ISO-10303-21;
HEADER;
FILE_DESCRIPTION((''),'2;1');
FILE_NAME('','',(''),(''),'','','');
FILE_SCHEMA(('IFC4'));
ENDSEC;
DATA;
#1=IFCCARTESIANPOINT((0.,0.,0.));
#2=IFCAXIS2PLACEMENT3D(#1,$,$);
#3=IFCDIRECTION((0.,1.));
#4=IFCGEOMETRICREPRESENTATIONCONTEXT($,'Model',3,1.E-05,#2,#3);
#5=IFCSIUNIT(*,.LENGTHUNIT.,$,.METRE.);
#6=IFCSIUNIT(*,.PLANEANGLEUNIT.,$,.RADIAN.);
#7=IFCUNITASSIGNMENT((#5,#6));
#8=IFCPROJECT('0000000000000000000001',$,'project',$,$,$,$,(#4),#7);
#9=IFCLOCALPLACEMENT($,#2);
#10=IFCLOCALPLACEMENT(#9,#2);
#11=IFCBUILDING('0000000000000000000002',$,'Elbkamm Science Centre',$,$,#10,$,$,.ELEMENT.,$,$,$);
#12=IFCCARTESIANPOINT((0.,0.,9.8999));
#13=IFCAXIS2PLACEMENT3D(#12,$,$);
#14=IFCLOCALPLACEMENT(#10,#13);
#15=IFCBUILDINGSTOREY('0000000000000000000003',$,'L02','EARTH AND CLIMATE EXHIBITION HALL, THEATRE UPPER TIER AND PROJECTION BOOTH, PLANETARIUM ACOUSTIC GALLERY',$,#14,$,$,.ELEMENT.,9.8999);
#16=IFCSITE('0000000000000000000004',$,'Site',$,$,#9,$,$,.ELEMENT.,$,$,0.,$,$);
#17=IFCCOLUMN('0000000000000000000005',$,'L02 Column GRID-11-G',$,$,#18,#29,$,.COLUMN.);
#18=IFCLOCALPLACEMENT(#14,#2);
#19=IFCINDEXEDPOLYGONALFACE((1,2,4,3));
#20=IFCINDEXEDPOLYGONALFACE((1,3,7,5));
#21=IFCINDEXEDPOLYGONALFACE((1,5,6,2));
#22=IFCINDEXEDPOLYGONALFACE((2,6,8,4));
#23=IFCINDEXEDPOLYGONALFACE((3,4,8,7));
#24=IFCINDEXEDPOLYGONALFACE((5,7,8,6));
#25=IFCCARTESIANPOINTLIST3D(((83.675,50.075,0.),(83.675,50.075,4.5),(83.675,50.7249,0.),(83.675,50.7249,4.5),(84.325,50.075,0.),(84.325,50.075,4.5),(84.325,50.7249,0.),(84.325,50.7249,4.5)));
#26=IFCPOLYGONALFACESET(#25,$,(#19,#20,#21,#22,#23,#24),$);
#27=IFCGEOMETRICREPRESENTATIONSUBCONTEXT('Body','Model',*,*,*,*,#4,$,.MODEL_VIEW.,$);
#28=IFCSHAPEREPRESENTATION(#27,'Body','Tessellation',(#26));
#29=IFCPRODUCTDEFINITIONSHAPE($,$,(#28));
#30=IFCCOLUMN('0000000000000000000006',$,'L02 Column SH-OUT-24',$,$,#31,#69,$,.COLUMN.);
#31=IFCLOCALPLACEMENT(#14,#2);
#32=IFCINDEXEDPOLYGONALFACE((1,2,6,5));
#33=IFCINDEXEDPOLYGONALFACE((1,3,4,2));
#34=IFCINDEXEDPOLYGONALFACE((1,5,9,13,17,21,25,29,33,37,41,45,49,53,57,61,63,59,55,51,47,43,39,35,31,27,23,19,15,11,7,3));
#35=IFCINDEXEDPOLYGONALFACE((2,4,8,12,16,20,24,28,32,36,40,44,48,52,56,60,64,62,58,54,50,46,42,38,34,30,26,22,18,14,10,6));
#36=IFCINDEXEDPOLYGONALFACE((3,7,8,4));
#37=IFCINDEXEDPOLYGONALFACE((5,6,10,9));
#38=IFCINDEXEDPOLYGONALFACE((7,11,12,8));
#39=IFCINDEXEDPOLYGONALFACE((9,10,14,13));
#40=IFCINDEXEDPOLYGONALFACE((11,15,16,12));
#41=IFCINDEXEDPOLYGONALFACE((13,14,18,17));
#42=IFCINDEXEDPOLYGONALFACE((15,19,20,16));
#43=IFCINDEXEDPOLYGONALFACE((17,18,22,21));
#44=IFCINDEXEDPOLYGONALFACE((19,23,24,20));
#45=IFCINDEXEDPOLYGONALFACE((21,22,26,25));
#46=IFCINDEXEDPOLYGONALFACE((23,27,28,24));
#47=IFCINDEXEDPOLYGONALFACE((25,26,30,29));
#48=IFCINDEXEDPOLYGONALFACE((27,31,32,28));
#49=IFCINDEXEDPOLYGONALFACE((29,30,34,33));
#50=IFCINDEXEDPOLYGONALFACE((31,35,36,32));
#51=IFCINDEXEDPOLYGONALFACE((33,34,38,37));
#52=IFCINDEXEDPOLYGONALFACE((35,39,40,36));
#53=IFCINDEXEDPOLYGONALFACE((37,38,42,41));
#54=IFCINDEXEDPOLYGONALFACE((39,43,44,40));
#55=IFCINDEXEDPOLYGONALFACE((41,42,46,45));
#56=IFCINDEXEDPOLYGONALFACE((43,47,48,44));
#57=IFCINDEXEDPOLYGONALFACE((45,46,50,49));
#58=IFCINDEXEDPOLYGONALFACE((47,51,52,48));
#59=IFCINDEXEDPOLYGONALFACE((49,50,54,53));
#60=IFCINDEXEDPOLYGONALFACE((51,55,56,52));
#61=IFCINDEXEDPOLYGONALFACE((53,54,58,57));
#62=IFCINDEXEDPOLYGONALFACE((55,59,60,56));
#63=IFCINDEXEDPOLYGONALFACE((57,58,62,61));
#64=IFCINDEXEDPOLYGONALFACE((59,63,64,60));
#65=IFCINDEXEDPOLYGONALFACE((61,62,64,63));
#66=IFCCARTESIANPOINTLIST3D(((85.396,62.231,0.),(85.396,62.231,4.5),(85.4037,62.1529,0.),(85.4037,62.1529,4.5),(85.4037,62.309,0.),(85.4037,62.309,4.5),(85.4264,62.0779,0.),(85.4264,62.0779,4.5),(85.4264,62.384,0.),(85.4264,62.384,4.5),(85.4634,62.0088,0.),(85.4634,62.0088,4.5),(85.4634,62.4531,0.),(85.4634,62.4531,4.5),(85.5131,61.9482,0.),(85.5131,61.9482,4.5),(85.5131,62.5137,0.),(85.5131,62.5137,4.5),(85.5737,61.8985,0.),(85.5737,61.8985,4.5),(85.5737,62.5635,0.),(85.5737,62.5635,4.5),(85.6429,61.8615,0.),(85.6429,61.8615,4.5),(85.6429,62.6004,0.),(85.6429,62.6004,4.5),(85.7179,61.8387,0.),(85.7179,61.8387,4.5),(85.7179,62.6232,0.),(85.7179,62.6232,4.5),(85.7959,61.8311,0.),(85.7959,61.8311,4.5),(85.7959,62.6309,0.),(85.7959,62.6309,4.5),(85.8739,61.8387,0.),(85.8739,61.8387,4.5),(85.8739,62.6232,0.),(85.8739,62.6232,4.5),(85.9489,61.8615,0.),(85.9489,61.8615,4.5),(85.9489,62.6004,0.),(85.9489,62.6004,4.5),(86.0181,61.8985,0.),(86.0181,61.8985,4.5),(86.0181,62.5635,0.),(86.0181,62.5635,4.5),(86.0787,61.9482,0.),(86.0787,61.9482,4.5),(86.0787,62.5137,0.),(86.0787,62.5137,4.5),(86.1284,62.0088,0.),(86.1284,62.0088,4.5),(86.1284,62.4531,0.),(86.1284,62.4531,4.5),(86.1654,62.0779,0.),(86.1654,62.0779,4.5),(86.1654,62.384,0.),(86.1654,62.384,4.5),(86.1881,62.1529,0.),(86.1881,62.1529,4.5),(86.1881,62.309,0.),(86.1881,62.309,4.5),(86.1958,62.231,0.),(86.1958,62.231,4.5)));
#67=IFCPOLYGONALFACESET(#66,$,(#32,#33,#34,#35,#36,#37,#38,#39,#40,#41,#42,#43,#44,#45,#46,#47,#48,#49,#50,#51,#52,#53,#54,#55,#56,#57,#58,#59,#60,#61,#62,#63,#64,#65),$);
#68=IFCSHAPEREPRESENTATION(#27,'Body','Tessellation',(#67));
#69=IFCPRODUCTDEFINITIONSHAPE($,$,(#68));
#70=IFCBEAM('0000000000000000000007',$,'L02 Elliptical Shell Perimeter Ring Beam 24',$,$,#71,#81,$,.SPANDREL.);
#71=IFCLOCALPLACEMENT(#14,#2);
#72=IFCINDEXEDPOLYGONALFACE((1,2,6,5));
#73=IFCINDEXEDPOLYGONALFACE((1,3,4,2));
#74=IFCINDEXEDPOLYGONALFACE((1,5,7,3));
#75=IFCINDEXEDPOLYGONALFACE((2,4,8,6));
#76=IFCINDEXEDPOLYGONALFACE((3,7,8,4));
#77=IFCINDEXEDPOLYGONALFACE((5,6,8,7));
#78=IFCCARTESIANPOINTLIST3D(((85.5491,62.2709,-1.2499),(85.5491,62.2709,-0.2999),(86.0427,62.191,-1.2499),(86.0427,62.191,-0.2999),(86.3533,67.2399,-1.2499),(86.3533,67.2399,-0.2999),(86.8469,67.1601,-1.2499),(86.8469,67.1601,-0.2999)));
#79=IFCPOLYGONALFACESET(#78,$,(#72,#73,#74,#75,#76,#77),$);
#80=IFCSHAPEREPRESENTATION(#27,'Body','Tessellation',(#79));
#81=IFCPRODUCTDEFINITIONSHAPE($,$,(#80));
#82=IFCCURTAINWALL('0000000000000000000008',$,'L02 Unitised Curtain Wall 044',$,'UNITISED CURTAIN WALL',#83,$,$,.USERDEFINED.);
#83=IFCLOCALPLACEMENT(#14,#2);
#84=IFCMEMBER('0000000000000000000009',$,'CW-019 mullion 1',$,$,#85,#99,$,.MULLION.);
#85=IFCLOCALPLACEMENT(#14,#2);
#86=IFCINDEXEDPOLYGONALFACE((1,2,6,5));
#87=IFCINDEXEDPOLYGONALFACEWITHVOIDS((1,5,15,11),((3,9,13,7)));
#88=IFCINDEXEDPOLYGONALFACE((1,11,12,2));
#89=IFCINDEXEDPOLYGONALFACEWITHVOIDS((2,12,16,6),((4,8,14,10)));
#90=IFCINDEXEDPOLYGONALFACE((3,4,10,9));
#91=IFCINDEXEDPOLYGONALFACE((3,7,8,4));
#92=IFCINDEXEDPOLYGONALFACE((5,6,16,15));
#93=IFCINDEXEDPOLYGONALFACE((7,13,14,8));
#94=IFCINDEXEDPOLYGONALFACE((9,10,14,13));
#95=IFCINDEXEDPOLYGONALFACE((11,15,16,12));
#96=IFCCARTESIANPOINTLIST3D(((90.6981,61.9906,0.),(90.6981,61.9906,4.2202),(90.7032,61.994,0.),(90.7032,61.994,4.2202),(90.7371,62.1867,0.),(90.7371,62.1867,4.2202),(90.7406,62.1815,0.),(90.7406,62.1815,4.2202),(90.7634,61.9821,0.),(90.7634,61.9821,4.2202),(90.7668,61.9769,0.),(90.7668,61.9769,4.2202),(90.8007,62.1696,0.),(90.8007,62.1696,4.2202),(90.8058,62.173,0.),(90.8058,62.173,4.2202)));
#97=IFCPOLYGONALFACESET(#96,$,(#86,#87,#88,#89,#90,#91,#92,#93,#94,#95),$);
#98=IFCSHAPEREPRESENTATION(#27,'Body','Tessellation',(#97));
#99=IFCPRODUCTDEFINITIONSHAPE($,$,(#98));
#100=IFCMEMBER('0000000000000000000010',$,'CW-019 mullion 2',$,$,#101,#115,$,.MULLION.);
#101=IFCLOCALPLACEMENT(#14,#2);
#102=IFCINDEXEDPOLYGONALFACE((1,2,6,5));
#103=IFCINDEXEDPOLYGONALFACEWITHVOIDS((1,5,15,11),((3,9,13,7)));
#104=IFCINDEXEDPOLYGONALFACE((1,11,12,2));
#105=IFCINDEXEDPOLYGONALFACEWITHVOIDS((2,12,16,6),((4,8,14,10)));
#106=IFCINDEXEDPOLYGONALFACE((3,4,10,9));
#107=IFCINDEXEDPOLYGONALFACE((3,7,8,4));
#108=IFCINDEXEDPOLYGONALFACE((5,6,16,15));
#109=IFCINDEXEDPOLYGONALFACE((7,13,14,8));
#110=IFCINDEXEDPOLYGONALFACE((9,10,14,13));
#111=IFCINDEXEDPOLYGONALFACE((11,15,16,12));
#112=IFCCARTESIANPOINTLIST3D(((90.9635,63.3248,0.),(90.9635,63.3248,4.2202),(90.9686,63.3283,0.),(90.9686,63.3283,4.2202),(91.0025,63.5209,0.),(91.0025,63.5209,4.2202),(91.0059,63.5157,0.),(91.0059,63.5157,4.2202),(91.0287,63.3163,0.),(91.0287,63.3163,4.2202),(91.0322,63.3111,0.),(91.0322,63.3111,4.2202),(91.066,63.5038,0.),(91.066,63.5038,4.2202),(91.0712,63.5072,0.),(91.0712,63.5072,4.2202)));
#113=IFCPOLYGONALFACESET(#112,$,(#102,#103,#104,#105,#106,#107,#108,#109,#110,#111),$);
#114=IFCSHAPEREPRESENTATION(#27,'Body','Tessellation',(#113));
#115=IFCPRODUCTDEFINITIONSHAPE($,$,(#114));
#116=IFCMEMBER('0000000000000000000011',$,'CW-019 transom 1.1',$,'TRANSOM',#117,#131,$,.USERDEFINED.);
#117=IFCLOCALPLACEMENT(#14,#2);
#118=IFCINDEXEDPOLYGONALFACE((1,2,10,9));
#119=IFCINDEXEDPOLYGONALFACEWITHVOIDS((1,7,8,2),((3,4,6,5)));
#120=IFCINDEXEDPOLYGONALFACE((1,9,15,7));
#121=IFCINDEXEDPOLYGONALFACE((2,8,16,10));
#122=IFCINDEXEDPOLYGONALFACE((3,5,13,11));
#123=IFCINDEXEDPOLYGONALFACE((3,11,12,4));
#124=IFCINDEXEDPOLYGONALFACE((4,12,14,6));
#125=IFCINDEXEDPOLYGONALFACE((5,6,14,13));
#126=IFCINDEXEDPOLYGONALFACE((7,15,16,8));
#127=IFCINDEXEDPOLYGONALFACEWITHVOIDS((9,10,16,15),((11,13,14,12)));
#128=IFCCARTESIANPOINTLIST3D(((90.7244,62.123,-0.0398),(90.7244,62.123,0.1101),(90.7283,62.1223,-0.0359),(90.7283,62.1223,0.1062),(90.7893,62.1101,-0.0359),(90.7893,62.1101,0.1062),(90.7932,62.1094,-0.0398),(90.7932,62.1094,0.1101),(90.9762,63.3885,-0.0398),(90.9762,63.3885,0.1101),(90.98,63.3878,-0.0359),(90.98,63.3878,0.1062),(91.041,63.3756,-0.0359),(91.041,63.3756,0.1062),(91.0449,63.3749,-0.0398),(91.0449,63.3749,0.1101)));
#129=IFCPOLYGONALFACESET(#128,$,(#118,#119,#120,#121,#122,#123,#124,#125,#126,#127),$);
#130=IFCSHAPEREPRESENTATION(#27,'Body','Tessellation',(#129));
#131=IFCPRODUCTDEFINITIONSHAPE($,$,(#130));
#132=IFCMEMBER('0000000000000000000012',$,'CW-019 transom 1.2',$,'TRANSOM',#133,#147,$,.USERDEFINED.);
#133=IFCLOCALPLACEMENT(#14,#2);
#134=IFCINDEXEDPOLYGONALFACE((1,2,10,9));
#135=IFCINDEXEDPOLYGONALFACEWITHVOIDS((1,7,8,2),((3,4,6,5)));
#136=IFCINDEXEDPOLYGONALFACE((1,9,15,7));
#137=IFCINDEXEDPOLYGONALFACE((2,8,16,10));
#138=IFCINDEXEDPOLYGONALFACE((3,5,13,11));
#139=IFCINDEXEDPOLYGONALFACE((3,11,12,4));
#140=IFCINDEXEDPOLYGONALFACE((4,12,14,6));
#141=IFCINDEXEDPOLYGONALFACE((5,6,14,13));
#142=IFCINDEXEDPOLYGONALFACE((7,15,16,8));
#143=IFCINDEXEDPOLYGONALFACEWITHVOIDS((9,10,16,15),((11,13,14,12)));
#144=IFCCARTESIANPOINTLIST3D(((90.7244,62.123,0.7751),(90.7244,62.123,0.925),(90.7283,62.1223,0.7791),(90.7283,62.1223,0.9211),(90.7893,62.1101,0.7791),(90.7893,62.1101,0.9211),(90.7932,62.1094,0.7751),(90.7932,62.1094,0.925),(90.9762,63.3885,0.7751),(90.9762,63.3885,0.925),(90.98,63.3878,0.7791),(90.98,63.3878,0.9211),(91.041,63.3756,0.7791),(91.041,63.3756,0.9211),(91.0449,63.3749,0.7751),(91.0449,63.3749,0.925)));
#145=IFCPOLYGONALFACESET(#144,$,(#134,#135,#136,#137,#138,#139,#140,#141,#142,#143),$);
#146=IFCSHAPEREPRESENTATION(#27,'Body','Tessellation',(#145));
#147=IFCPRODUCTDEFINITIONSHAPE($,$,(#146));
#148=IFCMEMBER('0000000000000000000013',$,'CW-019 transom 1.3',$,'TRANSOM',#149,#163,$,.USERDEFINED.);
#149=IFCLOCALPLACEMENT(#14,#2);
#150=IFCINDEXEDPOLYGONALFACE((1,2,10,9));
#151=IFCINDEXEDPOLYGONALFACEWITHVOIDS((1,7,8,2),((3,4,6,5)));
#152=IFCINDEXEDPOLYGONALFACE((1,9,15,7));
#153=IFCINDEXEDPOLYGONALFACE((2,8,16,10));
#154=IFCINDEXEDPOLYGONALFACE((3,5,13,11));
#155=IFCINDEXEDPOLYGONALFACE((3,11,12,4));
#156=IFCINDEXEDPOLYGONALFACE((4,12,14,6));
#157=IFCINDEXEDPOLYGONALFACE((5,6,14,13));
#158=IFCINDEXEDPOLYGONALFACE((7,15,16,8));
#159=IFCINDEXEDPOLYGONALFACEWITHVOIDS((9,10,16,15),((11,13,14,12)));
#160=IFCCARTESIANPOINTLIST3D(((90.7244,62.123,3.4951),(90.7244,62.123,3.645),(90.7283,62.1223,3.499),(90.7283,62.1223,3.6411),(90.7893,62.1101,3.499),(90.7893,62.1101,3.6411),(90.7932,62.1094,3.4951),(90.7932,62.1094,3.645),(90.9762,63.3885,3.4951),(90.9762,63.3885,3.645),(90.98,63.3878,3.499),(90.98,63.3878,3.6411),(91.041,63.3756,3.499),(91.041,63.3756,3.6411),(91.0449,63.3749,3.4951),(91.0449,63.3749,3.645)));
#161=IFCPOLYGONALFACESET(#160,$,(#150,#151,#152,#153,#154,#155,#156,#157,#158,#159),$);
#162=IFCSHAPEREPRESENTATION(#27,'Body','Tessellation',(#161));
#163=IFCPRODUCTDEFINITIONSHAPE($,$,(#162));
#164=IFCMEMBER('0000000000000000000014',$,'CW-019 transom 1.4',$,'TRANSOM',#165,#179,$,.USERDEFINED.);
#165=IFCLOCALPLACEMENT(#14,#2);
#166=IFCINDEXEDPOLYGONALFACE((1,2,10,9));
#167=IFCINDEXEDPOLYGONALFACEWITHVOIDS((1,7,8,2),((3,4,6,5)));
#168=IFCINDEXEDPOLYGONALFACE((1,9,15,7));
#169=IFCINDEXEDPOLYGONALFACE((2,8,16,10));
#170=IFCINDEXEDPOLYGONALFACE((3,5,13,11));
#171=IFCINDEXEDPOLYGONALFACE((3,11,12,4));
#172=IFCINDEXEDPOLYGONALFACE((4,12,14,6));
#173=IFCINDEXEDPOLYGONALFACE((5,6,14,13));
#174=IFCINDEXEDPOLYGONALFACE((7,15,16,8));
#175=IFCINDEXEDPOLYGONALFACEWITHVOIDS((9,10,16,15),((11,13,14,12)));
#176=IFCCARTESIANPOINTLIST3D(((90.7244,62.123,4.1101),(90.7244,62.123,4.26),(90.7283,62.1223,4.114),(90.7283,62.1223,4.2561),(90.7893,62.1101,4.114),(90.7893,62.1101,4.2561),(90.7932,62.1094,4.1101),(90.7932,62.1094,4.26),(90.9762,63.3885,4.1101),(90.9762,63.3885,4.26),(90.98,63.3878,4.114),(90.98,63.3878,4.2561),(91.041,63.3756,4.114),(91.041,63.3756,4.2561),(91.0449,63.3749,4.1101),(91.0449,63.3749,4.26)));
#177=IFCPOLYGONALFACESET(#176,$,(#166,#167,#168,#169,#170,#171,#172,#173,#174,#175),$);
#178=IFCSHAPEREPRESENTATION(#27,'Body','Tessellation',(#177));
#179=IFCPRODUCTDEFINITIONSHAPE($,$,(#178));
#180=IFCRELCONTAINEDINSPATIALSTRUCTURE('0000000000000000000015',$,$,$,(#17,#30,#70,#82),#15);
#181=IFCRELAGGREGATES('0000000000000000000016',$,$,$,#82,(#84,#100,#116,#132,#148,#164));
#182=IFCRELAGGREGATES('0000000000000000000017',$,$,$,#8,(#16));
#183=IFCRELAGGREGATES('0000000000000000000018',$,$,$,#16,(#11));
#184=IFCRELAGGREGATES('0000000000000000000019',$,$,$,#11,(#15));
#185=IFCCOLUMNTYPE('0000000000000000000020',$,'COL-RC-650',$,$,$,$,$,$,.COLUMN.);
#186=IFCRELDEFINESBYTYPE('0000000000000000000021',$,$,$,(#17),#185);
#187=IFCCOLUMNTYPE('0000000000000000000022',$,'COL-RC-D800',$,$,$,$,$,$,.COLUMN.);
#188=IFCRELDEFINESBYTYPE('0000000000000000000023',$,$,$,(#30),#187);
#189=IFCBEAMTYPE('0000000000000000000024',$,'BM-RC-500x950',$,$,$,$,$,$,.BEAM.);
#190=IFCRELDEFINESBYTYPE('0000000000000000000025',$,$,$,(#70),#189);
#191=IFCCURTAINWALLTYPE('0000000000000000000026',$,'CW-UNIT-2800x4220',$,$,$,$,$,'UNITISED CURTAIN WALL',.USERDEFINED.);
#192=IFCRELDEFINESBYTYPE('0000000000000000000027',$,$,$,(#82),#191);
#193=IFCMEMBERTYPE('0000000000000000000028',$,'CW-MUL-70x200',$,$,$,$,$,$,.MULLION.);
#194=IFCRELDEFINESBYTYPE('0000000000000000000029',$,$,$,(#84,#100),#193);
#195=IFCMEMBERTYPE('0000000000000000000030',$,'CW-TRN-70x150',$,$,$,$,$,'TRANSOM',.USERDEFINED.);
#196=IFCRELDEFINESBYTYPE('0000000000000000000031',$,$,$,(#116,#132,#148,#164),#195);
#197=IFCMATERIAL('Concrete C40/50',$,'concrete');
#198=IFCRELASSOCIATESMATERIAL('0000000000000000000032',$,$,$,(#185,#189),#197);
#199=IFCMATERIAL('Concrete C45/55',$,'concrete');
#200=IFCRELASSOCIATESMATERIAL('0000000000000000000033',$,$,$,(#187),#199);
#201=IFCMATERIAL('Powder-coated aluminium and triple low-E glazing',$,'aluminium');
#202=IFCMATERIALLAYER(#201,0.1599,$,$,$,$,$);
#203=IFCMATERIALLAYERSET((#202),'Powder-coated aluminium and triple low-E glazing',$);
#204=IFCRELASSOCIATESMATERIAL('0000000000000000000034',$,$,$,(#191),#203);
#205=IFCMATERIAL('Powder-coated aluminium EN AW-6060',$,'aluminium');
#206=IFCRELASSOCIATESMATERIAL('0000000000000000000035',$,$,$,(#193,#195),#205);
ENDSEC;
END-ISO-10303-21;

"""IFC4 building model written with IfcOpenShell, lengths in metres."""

from ifc_helpers import new_model, si_unit, direction, frame, origin, origin_2d, place, context, subcontext, project, spatial, rectangle, hollow_rectangle, circle, extrude, material, layer, layer_set, material_profile, profile_set, type_object, element, aggregate, save


model = new_model("IFC4")

# Units and contexts
model_context = context("Model", 3, precision=1e-05, world=origin(), true_north=direction((0.0, 1.0)))
body_context = subcontext(model_context, "Body", "Model", "MODEL_VIEW")
ifc_project = project(units=[si_unit("LENGTHUNIT", "METRE"), si_unit("PLANEANGLEUNIT", "RADIAN")], contexts=[model_context])

# Site, building, storey
site_placement = place(None, origin())
site = spatial("IfcSite", under=ifc_project, at=site_placement, Name="Site", CompositionType="ELEMENT", RefElevation=0.0)
building_placement = place(site_placement, origin())
building = spatial("IfcBuilding", under=site, at=building_placement, Name="Elbkamm Science Centre", CompositionType="ELEMENT")
storey_placement = place(building_placement, frame((0.0, 0.0, 9.8999)))
storey = spatial("IfcBuildingStorey", under=building, at=storey_placement, Name="L02", Description="EARTH AND CLIMATE EXHIBITION HALL, THEATRE UPPER TIER AND PROJECTION BOOTH, PLANETARIUM ACOUSTIC GALLERY", CompositionType="ELEMENT", Elevation=9.8999)

# Columns
ifc_material_1 = material(Name="Concrete C40/50", Category="concrete")
ifc_material_profile_1 = material_profile(ifc_material_1, rectangle(XDim=0.6499, YDim=0.6499, at=origin_2d()), Name="RC 650x650")
ifc_profile_set_1 = profile_set([ifc_material_profile_1], Name="Concrete C40/50")
column_type_1 = type_object("IfcColumnType", Name="COL-RC-650", PredefinedType="COLUMN", material=ifc_profile_set_1)
column_1_placement = place(storey_placement, frame((84.0, 50.3999, 0.0), z_axis=(0.0, 0.0, 1.0), x_axis=(1.0, 0.0, 0.0)))
element("IfcColumn", 1, at=column_1_placement, inside=storey, type_object=column_type_1, Name="L02 Column GRID-11-G", PredefinedType="COLUMN", context=body_context, shape_type="SweptSolid", body=[
    extrude(rectangle(XDim=0.6499, YDim=0.6499, at=origin_2d()), origin(), (0.0, 0.0, 1.0), 4.5),
])
ifc_material_2 = material(Name="Concrete C45/55", Category="concrete")
ifc_material_profile_2 = material_profile(ifc_material_2, circle(Radius=0.3999, at=origin_2d()), Name="RC D800")
ifc_profile_set_2 = profile_set([ifc_material_profile_2], Name="Concrete C45/55")
column_type_2 = type_object("IfcColumnType", Name="COL-RC-D800", PredefinedType="COLUMN", material=ifc_profile_set_2)
column_2_placement = place(storey_placement, frame((85.7959, 62.231, 0.0), z_axis=(0.0, 0.0, 1.0), x_axis=(1.0, 0.0, 0.0)))
element("IfcColumn", 2, at=column_2_placement, inside=storey, type_object=column_type_2, Name="L02 Column SH-OUT-24", PredefinedType="COLUMN", context=body_context, shape_type="SweptSolid", body=[
    extrude(circle(Radius=0.3999, at=origin_2d()), origin(), (0.0, 0.0, 1.0), 4.5),
])

# Beam
ifc_material_profile_3 = material_profile(ifc_material_1, rectangle(XDim=0.5, YDim=0.95, at=origin_2d()), Name="RC 500x950")
ifc_profile_set_3 = profile_set([ifc_material_profile_3], Name="Concrete C40/50")
beam_type = type_object("IfcBeamType", Name="BM-RC-500x950", PredefinedType="BEAM", material=ifc_profile_set_3)
beam_placement = place(storey_placement, frame((85.7959, 62.231, -0.7749), z_axis=(0.159765, 0.987155, 0.0), x_axis=(-0.987155, 0.159765, 0.0)))
element("IfcBeam", 3, at=beam_placement, inside=storey, type_object=beam_type, Name="L02 Elliptical Shell Perimeter Ring Beam 24", PredefinedType="SPANDREL", context=body_context, shape_type="SweptSolid", body=[
    extrude(rectangle(XDim=0.5, YDim=0.95, at=origin_2d()), origin(), (0.0, 0.0, 1.0), 5.0337),
])

# Curtain wall, members
ifc_material_3 = material(Name="Powder-coated aluminium and triple low-E glazing", Category="aluminium")
ifc_layer_1 = layer(ifc_material_3, 0.1599)
ifc_layer_set_1 = layer_set([ifc_layer_1], Name="Powder-coated aluminium and triple low-E glazing")
curtain_wall_type = type_object("IfcCurtainWallType", Name="CW-UNIT-2800x4220", ElementType="UNITISED CURTAIN WALL", PredefinedType="USERDEFINED", material=ifc_layer_set_1)
curtain_wall_placement = place(storey_placement, origin())
curtain_wall = element("IfcCurtainWall", 4, at=curtain_wall_placement, inside=storey, type_object=curtain_wall_type, Name="L02 Unitised Curtain Wall 044", ObjectType="UNITISED CURTAIN WALL", PredefinedType="USERDEFINED")
ifc_material_4 = material(Name="Powder-coated aluminium EN AW-6060", Category="aluminium")
ifc_material_profile_4 = material_profile(ifc_material_4, hollow_rectangle(XDim=0.0701, YDim=0.2, WallThickness=0.0044, at=origin_2d()), Name="ALU M70x200")
ifc_profile_set_4 = profile_set([ifc_material_profile_4], Name="Powder-coated aluminium EN AW-6060")
member_type_1 = type_object("IfcMemberType", Name="CW-MUL-70x200", PredefinedType="MULLION", material=ifc_profile_set_4)
member_1_placement = place(storey_placement, frame((90.752, 62.0818, 0.0), z_axis=(0.0, 0.0, 1.0), x_axis=(-0.980773, 0.195151, 0.0)))
member_1 = element("IfcMember", 5, at=member_1_placement, type_object=member_type_1, Name="CW-019 mullion 1", PredefinedType="MULLION", context=body_context, shape_type="SweptSolid", body=[
    extrude(hollow_rectangle(XDim=0.0701, YDim=0.2, WallThickness=0.0044, at=origin_2d()), origin(), (0.0, 0.0, 1.0), 4.2202),
])
member_2_placement = place(storey_placement, frame((91.0173, 63.416, 0.0), z_axis=(0.0, 0.0, 1.0), x_axis=(-0.980773, 0.195151, 0.0)))
member_2 = element("IfcMember", 6, at=member_2_placement, type_object=member_type_1, Name="CW-019 mullion 2", PredefinedType="MULLION", context=body_context, shape_type="SweptSolid", body=[
    extrude(hollow_rectangle(XDim=0.0701, YDim=0.2, WallThickness=0.0044, at=origin_2d()), origin(), (0.0, 0.0, 1.0), 4.2202),
])
ifc_material_profile_5 = material_profile(ifc_material_4, hollow_rectangle(XDim=0.0701, YDim=0.1499, WallThickness=0.0039, at=origin_2d()), Name="ALU T70x150")
ifc_profile_set_5 = profile_set([ifc_material_profile_5], Name="Powder-coated aluminium EN AW-6060")
member_type_2 = type_object("IfcMemberType", Name="CW-TRN-70x150", ElementType="TRANSOM", PredefinedType="USERDEFINED", material=ifc_profile_set_5)
member_3_placement = place(storey_placement, frame((90.7588, 62.1162, 0.0352), z_axis=(0.195097, 0.980784, 0.0), x_axis=(-0.980784, 0.195097, 0.0)))
member_3 = element("IfcMember", 7, at=member_3_placement, type_object=member_type_2, Name="CW-019 transom 1.1", ObjectType="TRANSOM", PredefinedType="USERDEFINED", context=body_context, shape_type="SweptSolid", body=[
    extrude(hollow_rectangle(XDim=0.0701, YDim=0.1499, WallThickness=0.0039, at=origin_2d()), origin(), (0.0, 0.0, 1.0), 1.2903),
])
member_4_placement = place(storey_placement, frame((90.7588, 62.1162, 0.8501), z_axis=(0.195097, 0.980784, 0.0), x_axis=(-0.980784, 0.195097, 0.0)))
member_4 = element("IfcMember", 8, at=member_4_placement, type_object=member_type_2, Name="CW-019 transom 1.2", ObjectType="TRANSOM", PredefinedType="USERDEFINED", context=body_context, shape_type="SweptSolid", body=[
    extrude(hollow_rectangle(XDim=0.0701, YDim=0.1499, WallThickness=0.0039, at=origin_2d()), origin(), (0.0, 0.0, 1.0), 1.2903),
])
member_5_placement = place(storey_placement, frame((90.7588, 62.1162, 3.5701), z_axis=(0.195097, 0.980784, 0.0), x_axis=(-0.980784, 0.195097, 0.0)))
member_5 = element("IfcMember", 9, at=member_5_placement, type_object=member_type_2, Name="CW-019 transom 1.3", ObjectType="TRANSOM", PredefinedType="USERDEFINED", context=body_context, shape_type="SweptSolid", body=[
    extrude(hollow_rectangle(XDim=0.0701, YDim=0.1499, WallThickness=0.0039, at=origin_2d()), origin(), (0.0, 0.0, 1.0), 1.2903),
])
member_6_placement = place(storey_placement, frame((90.7588, 62.1162, 4.1851), z_axis=(0.195097, 0.980784, 0.0), x_axis=(-0.980784, 0.195097, 0.0)))
member_6 = element("IfcMember", 10, at=member_6_placement, type_object=member_type_2, Name="CW-019 transom 1.4", ObjectType="TRANSOM", PredefinedType="USERDEFINED", context=body_context, shape_type="SweptSolid", body=[
    extrude(hollow_rectangle(XDim=0.0701, YDim=0.1499, WallThickness=0.0039, at=origin_2d()), origin(), (0.0, 0.0, 1.0), 1.2903),
])
aggregate(curtain_wall, [member_1, member_2, member_3, member_4, member_5, member_6])

save(model, "model.ifc")
